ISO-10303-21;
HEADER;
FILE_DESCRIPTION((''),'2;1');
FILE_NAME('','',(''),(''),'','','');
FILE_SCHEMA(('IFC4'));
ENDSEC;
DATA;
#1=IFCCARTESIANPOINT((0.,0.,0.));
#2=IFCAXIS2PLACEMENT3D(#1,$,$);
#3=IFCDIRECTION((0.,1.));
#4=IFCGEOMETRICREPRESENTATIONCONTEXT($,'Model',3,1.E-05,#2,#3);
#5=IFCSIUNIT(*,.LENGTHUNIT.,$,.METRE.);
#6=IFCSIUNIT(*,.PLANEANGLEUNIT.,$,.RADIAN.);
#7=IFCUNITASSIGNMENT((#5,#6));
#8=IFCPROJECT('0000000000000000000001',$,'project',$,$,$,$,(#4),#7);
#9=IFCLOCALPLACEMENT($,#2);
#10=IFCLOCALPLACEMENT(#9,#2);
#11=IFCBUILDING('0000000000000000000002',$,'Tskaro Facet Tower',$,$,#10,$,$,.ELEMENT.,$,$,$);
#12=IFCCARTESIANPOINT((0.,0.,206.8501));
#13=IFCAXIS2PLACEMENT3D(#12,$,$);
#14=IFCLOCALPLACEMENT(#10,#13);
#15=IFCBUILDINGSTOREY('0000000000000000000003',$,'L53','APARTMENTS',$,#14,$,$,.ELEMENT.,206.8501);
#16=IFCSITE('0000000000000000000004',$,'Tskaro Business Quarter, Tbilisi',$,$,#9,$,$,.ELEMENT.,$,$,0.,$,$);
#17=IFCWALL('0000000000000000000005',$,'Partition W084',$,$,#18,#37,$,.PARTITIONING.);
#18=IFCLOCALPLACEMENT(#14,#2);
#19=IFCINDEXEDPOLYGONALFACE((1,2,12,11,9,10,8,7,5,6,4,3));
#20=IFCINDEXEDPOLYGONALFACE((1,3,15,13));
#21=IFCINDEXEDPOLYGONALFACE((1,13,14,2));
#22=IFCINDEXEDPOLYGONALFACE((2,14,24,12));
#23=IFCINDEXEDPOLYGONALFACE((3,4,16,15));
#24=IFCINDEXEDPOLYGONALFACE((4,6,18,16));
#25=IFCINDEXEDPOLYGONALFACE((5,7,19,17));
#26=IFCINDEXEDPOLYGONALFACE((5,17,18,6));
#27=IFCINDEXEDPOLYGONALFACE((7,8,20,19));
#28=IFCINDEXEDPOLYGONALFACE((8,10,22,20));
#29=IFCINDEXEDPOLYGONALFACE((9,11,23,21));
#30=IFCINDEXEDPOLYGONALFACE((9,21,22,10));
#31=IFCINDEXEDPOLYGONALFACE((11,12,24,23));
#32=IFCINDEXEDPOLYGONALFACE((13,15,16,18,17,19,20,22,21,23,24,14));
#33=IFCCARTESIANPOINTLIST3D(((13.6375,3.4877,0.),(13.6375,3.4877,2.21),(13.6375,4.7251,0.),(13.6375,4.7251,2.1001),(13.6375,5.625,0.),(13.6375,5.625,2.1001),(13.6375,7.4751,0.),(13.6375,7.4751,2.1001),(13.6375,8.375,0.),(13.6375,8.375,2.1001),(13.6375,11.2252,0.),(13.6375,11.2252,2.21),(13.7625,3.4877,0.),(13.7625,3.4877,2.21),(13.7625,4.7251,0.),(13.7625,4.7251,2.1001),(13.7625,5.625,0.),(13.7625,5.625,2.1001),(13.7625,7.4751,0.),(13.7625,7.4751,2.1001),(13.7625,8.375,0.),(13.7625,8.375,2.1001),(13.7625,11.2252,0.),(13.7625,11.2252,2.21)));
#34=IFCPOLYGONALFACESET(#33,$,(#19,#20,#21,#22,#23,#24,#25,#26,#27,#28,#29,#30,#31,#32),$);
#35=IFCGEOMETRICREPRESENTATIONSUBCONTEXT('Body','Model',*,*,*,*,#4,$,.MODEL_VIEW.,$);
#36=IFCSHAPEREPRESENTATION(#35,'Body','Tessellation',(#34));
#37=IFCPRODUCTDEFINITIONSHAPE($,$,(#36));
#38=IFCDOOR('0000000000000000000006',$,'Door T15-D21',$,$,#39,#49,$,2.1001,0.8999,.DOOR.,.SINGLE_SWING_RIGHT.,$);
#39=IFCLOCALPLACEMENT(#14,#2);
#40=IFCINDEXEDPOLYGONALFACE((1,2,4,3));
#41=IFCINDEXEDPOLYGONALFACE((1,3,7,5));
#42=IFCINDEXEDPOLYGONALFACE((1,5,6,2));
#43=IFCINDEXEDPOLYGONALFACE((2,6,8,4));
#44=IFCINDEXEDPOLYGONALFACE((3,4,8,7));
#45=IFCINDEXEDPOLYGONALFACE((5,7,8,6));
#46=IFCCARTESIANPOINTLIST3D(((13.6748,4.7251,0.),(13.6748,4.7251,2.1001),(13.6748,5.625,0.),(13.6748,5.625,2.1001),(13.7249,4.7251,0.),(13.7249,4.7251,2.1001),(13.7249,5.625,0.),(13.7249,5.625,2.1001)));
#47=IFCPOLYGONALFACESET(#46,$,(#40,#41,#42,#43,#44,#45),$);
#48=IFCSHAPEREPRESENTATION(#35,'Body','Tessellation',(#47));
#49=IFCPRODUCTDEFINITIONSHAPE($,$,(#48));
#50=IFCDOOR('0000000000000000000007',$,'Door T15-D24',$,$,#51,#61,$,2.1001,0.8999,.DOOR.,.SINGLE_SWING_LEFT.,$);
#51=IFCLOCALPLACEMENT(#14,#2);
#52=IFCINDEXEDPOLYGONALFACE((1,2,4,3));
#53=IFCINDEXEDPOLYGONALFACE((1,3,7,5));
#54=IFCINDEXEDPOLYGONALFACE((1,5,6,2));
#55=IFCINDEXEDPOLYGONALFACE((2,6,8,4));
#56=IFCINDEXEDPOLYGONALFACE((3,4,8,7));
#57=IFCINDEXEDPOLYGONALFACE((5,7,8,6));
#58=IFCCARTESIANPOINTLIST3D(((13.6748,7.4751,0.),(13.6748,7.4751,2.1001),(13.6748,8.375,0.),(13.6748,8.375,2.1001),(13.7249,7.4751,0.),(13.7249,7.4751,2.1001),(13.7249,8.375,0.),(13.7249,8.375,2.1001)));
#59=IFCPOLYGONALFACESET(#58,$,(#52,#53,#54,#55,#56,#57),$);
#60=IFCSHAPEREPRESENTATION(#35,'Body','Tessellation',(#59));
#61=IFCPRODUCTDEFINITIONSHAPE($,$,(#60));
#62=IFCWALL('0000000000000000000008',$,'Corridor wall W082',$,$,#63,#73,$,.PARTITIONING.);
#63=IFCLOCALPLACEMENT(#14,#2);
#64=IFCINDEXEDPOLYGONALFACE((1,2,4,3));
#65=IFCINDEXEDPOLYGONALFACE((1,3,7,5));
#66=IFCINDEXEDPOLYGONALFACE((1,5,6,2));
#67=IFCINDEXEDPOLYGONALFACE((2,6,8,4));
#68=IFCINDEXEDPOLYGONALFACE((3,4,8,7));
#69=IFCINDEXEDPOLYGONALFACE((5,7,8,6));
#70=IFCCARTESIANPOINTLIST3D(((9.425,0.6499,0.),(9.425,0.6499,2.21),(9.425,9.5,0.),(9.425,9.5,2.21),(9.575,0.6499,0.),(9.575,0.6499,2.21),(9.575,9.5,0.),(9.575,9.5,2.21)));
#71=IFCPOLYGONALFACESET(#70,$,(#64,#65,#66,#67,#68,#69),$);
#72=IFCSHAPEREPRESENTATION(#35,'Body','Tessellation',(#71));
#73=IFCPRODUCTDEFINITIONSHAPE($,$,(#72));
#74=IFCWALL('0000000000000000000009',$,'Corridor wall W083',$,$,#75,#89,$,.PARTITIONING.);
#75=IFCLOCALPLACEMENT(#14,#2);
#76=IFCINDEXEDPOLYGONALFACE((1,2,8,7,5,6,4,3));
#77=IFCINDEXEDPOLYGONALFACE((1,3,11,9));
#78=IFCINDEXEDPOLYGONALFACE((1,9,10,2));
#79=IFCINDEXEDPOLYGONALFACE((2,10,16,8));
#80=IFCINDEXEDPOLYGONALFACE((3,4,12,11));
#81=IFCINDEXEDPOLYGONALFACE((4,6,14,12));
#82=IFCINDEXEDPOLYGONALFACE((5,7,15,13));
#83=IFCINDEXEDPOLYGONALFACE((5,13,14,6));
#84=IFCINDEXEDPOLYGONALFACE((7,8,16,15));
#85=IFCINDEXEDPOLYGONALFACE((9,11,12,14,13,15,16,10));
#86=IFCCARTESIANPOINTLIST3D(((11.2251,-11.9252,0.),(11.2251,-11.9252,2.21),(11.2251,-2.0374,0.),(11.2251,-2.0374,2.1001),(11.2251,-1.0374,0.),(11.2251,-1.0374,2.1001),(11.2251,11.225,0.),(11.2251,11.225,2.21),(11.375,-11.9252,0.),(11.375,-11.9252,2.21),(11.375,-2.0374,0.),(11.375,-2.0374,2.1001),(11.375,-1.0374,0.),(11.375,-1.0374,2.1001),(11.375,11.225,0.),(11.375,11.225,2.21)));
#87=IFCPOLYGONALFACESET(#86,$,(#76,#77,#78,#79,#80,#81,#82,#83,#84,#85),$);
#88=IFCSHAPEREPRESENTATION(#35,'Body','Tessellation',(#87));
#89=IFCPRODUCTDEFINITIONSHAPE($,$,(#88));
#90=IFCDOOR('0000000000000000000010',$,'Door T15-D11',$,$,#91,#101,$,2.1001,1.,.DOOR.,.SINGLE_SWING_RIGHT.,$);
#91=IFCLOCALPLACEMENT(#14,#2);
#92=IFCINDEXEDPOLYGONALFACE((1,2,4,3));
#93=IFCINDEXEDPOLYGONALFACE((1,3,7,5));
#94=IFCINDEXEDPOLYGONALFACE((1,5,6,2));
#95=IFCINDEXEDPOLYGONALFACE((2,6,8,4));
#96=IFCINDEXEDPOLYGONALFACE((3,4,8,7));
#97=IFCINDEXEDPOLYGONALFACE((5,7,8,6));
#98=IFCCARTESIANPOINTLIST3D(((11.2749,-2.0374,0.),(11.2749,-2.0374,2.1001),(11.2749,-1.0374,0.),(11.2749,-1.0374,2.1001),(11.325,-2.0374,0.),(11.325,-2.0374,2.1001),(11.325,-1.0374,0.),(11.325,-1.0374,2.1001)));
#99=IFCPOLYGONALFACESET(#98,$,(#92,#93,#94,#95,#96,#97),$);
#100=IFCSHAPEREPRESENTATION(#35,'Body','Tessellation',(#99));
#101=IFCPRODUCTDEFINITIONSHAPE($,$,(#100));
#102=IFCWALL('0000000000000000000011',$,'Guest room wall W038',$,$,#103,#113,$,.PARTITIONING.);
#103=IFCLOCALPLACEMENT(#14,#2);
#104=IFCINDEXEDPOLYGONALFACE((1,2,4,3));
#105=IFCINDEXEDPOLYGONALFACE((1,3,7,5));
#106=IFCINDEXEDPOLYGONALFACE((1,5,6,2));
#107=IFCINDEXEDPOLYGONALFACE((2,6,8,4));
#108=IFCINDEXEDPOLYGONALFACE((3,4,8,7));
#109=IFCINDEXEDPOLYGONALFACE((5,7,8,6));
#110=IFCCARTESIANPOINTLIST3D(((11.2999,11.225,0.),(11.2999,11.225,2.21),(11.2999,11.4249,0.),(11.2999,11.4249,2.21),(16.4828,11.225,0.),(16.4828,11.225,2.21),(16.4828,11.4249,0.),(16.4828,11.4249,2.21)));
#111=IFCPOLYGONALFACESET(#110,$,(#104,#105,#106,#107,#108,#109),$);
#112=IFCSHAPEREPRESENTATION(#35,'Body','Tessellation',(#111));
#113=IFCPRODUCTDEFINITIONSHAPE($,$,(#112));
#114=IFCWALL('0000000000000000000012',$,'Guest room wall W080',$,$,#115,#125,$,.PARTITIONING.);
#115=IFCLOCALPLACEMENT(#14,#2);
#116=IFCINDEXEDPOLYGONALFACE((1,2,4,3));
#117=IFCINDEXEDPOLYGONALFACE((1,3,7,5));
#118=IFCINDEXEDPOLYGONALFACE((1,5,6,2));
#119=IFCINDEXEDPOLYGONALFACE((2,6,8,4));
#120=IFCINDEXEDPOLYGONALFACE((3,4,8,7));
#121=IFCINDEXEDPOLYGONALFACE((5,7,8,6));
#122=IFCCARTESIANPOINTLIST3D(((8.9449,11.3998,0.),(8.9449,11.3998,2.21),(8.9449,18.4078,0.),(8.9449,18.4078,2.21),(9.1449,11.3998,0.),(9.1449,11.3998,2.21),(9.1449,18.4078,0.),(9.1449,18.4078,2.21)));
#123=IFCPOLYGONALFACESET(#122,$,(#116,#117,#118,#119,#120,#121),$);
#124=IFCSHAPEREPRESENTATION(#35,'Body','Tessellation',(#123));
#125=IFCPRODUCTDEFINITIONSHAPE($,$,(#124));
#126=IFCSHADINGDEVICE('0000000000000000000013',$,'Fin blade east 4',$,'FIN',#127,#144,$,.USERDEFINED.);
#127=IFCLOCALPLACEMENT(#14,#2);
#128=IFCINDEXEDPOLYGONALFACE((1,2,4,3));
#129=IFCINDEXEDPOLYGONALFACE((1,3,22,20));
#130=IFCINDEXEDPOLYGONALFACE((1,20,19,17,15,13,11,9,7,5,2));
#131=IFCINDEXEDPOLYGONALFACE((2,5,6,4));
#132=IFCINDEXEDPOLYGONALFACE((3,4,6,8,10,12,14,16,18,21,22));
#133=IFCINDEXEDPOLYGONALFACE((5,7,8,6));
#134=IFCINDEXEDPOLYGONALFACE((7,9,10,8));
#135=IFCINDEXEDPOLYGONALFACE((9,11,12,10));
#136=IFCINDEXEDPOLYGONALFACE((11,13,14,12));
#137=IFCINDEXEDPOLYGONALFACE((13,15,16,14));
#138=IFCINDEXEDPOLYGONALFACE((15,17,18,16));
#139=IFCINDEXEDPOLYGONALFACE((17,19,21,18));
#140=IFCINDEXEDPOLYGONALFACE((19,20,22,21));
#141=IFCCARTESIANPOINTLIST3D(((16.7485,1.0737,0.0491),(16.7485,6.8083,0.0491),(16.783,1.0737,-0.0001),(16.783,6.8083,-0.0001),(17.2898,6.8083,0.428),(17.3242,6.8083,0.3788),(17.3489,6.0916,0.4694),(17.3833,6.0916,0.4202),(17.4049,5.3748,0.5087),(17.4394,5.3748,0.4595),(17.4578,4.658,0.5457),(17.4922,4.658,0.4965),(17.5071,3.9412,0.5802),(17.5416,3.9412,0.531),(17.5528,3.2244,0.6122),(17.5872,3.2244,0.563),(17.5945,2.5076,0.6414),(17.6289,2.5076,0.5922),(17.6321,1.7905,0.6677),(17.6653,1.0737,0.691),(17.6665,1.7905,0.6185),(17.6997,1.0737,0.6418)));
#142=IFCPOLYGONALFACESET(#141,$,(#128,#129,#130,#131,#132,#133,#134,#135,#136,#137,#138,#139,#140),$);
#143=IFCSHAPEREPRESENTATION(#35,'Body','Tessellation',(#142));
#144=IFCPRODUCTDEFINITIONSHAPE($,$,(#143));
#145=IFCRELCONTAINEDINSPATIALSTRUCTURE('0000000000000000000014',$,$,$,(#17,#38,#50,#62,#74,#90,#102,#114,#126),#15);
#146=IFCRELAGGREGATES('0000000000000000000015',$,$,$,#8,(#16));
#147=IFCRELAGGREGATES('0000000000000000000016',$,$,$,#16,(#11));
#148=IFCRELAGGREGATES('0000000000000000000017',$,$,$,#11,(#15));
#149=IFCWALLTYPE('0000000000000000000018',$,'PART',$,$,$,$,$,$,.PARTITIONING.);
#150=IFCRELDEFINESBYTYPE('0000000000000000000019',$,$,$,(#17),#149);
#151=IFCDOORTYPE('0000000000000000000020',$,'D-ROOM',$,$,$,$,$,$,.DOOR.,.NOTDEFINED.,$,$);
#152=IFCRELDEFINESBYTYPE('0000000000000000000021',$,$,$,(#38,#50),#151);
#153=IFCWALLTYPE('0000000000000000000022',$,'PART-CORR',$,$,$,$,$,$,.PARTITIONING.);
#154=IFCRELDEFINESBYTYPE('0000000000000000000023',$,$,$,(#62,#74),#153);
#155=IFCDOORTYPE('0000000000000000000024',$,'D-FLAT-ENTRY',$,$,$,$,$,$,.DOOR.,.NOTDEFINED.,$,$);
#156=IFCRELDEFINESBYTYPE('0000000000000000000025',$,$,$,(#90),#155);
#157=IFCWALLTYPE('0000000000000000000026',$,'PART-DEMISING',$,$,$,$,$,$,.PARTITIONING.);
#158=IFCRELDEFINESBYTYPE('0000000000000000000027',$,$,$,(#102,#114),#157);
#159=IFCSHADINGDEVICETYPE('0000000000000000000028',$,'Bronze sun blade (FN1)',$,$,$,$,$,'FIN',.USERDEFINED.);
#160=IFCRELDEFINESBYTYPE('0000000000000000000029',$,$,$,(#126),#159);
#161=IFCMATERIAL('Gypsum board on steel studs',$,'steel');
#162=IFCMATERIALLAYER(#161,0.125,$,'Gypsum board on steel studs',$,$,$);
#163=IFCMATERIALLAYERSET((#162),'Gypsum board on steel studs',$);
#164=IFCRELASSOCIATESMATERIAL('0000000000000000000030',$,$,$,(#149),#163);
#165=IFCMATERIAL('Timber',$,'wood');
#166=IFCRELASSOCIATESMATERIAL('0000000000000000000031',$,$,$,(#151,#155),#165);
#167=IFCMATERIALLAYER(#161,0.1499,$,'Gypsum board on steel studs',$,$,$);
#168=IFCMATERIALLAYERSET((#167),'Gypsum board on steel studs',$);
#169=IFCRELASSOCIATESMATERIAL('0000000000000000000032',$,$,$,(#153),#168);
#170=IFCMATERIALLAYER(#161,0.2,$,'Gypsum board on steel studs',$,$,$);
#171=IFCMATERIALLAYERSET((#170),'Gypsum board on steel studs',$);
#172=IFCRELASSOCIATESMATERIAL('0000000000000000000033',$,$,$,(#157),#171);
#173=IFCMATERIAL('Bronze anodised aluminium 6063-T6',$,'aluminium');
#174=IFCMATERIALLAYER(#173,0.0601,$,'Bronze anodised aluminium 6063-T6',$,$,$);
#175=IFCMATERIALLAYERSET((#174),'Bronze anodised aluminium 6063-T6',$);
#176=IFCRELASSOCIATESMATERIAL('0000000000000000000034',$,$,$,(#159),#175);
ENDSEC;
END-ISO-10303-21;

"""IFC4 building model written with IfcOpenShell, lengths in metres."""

from ifc_helpers import new_model, si_unit, direction, frame, frame_2d, origin, place, context, subcontext, project, spatial, polyline, rectangle, outline, extrude, material, layer, layer_set, type_object, element, fill, save


model = new_model("IFC4")

# Units and contexts
model_context = context("Model", 3, precision=1e-05, world=origin(), true_north=direction((0.0, 1.0)))
body_context = subcontext(model_context, "Body", "Model", "MODEL_VIEW")
ifc_project = project(units=[si_unit("LENGTHUNIT", "METRE"), si_unit("PLANEANGLEUNIT", "RADIAN")], contexts=[model_context])

# Site, building, storey
site_placement = place(None, origin())
site = spatial("IfcSite", under=ifc_project, at=site_placement, Name="Tskaro Business Quarter, Tbilisi", CompositionType="ELEMENT", RefElevation=0.0)
building_placement = place(site_placement, origin())
building = spatial("IfcBuilding", under=site, at=building_placement, Name="Tskaro Facet Tower", CompositionType="ELEMENT")
storey_placement = place(building_placement, frame((0.0, 0.0, 206.8501)))
storey = spatial("IfcBuildingStorey", under=building, at=storey_placement, Name="L53", Description="APARTMENTS", CompositionType="ELEMENT", Elevation=206.8501)

# Shared definitions
ifc_material_1 = material(Name="Bronze anodised aluminium 6063-T6", Category="aluminium")

# Shared definitions
ifc_material_2 = material(Name="Gypsum board on steel studs", Category="steel")
ifc_layer_1 = layer(ifc_material_2, 0.125, Name="Gypsum board on steel studs")
ifc_layer_set_1 = layer_set([ifc_layer_1], Name="Gypsum board on steel studs")
wall_type_1 = type_object("IfcWallType", Name="PART", PredefinedType="PARTITIONING", material=ifc_layer_set_1)

# Shared definitions
ifc_material_3 = material(Name="Timber", Category="wood")
door_type_1 = type_object("IfcDoorType", Name="D-ROOM", OperationType="NOTDEFINED", PredefinedType="DOOR", material=ifc_material_3)

# Wall, openings, doors
wall_1_placement = place(storey_placement, frame((13.7, 11.2251, 0.0), z_axis=(0.0, 0.0, 1.0), x_axis=(0.0, -1.0, 0.0)))
wall_1 = element("IfcWall", 1, at=wall_1_placement, inside=storey, type_object=wall_type_1, Name="Partition W084", PredefinedType="PARTITIONING", context=body_context, shape_type="SweptSolid", body=[
    extrude(rectangle(XDim=7.7375, YDim=0.125, at=frame_2d((3.8687, 0.0))), origin(), (0.0, 0.0, 1.0), 2.21),
])
opening_1_placement = place(wall_1_placement, frame((5.6001, 0.0, 0.0)))
opening_1 = element("IfcOpeningElement", 2, at=opening_1_placement, cuts=wall_1, PredefinedType="OPENING", context=body_context, shape_type="SweptSolid", body=[
    extrude(rectangle(XDim=0.8999, YDim=2.1001, at=frame_2d((0.45, 1.05))), frame((0.0, 0.0725, 0.0), z_axis=(0.0, -1.0, 0.0), x_axis=(1.0, 0.0, 0.0)), (0.0, 0.0, 1.0), 0.145),
])
opening_2_placement = place(wall_1_placement, frame((2.8501, 0.0, 0.0)))
opening_2 = element("IfcOpeningElement", 3, at=opening_2_placement, cuts=wall_1, PredefinedType="OPENING", context=body_context, shape_type="SweptSolid", body=[
    extrude(rectangle(XDim=0.8999, YDim=2.1001, at=frame_2d((0.45, 1.05))), frame((0.0, 0.0725, 0.0), z_axis=(0.0, -1.0, 0.0), x_axis=(1.0, 0.0, 0.0)), (0.0, 0.0, 1.0), 0.145),
])
door_1_placement = place(opening_1_placement, origin())
door_1 = element("IfcDoor", 4, at=door_1_placement, inside=storey, type_object=door_type_1, Name="Door T15-D21", OperationType="SINGLE_SWING_RIGHT", OverallHeight=2.1001, OverallWidth=0.8999, PredefinedType="DOOR", context=body_context, shape_type="SweptSolid", body=[
    extrude(rectangle(XDim=0.8999, YDim=2.1001, at=frame_2d((0.45, 1.05))), frame((0.0, 0.0249, 0.0), z_axis=(0.0, -1.0, 0.0), x_axis=(1.0, 0.0, 0.0)), (0.0, 0.0, 1.0), 0.05),
])
fill(opening_1, door_1)
door_2_placement = place(opening_2_placement, origin())
door_2 = element("IfcDoor", 5, at=door_2_placement, inside=storey, type_object=door_type_1, Name="Door T15-D24", OperationType="SINGLE_SWING_LEFT", OverallHeight=2.1001, OverallWidth=0.8999, PredefinedType="DOOR", context=body_context, shape_type="SweptSolid", body=[
    extrude(rectangle(XDim=0.8999, YDim=2.1001, at=frame_2d((0.45, 1.05))), frame((0.0, 0.0249, 0.0), z_axis=(0.0, -1.0, 0.0), x_axis=(1.0, 0.0, 0.0)), (0.0, 0.0, 1.0), 0.05),
])
fill(opening_2, door_2)

# Wall
ifc_layer_2 = layer(ifc_material_2, 0.1499, Name="Gypsum board on steel studs")
ifc_layer_set_2 = layer_set([ifc_layer_2], Name="Gypsum board on steel studs")
wall_type_2 = type_object("IfcWallType", Name="PART-CORR", PredefinedType="PARTITIONING", material=ifc_layer_set_2)
wall_2_placement = place(storey_placement, frame((9.5, 0.6499, 0.0), z_axis=(0.0, 0.0, 1.0), x_axis=(0.0, 1.0, 0.0)))
element("IfcWall", 6, at=wall_2_placement, inside=storey, type_object=wall_type_2, Name="Corridor wall W082", PredefinedType="PARTITIONING", context=body_context, shape_type="SweptSolid", body=[
    extrude(rectangle(XDim=8.8501, YDim=0.1499, at=frame_2d((4.425, 0.0))), origin(), (0.0, 0.0, 1.0), 2.21),
])

# Wall, opening, door
wall_3_placement = place(storey_placement, frame((11.3, 11.2251, 0.0), z_axis=(0.0, 0.0, 1.0), x_axis=(0.0, -1.0, 0.0)))
wall_3 = element("IfcWall", 7, at=wall_3_placement, inside=storey, type_object=wall_type_2, Name="Corridor wall W083", PredefinedType="PARTITIONING", context=body_context, shape_type="SweptSolid", body=[
    extrude(rectangle(XDim=23.1501, YDim=0.1499, at=frame_2d((11.5752, 0.0))), origin(), (0.0, 0.0, 1.0), 2.21),
])
opening_3_placement = place(wall_3_placement, frame((12.2625, 0.0, 0.0)))
opening_3 = element("IfcOpeningElement", 8, at=opening_3_placement, cuts=wall_3, PredefinedType="OPENING", context=body_context, shape_type="SweptSolid", body=[
    extrude(rectangle(XDim=1.0, YDim=2.1001, at=frame_2d((0.5, 1.05))), frame((0.0, 0.085, 0.0), z_axis=(0.0, -1.0, 0.0), x_axis=(1.0, 0.0, 0.0)), (0.0, 0.0, 1.0), 0.1699),
])
door_type_2 = type_object("IfcDoorType", Name="D-FLAT-ENTRY", OperationType="NOTDEFINED", PredefinedType="DOOR", material=ifc_material_3)
door_3_placement = place(opening_3_placement, origin())
door_3 = element("IfcDoor", 9, at=door_3_placement, inside=storey, type_object=door_type_2, Name="Door T15-D11", OperationType="SINGLE_SWING_RIGHT", OverallHeight=2.1001, OverallWidth=1.0, PredefinedType="DOOR", context=body_context, shape_type="SweptSolid", body=[
    extrude(rectangle(XDim=1.0, YDim=2.1001, at=frame_2d((0.5, 1.05))), frame((0.0, 0.0249, 0.0), z_axis=(0.0, -1.0, 0.0), x_axis=(1.0, 0.0, 0.0)), (0.0, 0.0, 1.0), 0.05),
])
fill(opening_3, door_3)

# Walls
ifc_layer_3 = layer(ifc_material_2, 0.2, Name="Gypsum board on steel studs")
ifc_layer_set_3 = layer_set([ifc_layer_3], Name="Gypsum board on steel studs")
wall_type_3 = type_object("IfcWallType", Name="PART-DEMISING", PredefinedType="PARTITIONING", material=ifc_layer_set_3)
wall_4_placement = place(storey_placement, frame((11.3, 11.325, 0.0), z_axis=(0.0, 0.0, 1.0), x_axis=(1.0, 0.0, 0.0)))
element("IfcWall", 10, at=wall_4_placement, inside=storey, type_object=wall_type_3, Name="Guest room wall W038", PredefinedType="PARTITIONING", context=body_context, shape_type="SweptSolid", body=[
    extrude(rectangle(XDim=5.1829, YDim=0.2, at=frame_2d((2.5913, 0.0))), origin(), (0.0, 0.0, 1.0), 2.21),
])
wall_5_placement = place(storey_placement, frame((9.0449, 11.3999, 0.0), z_axis=(0.0, 0.0, 1.0), x_axis=(0.0, 1.0, 0.0)))
element("IfcWall", 11, at=wall_5_placement, inside=storey, type_object=wall_type_3, Name="Guest room wall W080", PredefinedType="PARTITIONING", context=body_context, shape_type="SweptSolid", body=[
    extrude(rectangle(XDim=7.0081, YDim=0.2, at=frame_2d((3.5039, 0.0))), origin(), (0.0, 0.0, 1.0), 2.21),
])

# Shading device
ifc_layer_4 = layer(ifc_material_1, 0.0601, Name="Bronze anodised aluminium 6063-T6")
ifc_layer_set_4 = layer_set([ifc_layer_4], Name="Bronze anodised aluminium 6063-T6")
shading_device_type = type_object("IfcShadingDeviceType", Name="Bronze sun blade (FN1)", ElementType="FIN", PredefinedType="USERDEFINED", material=ifc_layer_set_4)
shading_device_1_placement = place(storey_placement, frame((16.7485, 1.0737, 0.0491), z_axis=(-0.573568, 0.0, 0.819158), x_axis=(0.0, 1.0, 0.0)))
element("IfcShadingDevice", 12, at=shading_device_1_placement, inside=storey, type_object=shading_device_type, Name="Fin blade east 4", ObjectType="FIN", PredefinedType="USERDEFINED", context=body_context, shape_type="SweptSolid", body=[
    extrude(outline(polyline([(0.0, 0.0), (5.7346, 0.0), (5.7346, -0.6607), (5.0178, -0.7329), (4.301, -0.8013), (3.5842, -0.8658), (2.8674, -0.9261), (2.1506, -0.9818), (1.4338, -1.0327), (0.7168, -1.0786), (0.0, -1.1191), (0.0, 0.0)])), origin(), (0.0, 0.0, -1.0), 0.0601),
])

save(model, "model.ifc")
